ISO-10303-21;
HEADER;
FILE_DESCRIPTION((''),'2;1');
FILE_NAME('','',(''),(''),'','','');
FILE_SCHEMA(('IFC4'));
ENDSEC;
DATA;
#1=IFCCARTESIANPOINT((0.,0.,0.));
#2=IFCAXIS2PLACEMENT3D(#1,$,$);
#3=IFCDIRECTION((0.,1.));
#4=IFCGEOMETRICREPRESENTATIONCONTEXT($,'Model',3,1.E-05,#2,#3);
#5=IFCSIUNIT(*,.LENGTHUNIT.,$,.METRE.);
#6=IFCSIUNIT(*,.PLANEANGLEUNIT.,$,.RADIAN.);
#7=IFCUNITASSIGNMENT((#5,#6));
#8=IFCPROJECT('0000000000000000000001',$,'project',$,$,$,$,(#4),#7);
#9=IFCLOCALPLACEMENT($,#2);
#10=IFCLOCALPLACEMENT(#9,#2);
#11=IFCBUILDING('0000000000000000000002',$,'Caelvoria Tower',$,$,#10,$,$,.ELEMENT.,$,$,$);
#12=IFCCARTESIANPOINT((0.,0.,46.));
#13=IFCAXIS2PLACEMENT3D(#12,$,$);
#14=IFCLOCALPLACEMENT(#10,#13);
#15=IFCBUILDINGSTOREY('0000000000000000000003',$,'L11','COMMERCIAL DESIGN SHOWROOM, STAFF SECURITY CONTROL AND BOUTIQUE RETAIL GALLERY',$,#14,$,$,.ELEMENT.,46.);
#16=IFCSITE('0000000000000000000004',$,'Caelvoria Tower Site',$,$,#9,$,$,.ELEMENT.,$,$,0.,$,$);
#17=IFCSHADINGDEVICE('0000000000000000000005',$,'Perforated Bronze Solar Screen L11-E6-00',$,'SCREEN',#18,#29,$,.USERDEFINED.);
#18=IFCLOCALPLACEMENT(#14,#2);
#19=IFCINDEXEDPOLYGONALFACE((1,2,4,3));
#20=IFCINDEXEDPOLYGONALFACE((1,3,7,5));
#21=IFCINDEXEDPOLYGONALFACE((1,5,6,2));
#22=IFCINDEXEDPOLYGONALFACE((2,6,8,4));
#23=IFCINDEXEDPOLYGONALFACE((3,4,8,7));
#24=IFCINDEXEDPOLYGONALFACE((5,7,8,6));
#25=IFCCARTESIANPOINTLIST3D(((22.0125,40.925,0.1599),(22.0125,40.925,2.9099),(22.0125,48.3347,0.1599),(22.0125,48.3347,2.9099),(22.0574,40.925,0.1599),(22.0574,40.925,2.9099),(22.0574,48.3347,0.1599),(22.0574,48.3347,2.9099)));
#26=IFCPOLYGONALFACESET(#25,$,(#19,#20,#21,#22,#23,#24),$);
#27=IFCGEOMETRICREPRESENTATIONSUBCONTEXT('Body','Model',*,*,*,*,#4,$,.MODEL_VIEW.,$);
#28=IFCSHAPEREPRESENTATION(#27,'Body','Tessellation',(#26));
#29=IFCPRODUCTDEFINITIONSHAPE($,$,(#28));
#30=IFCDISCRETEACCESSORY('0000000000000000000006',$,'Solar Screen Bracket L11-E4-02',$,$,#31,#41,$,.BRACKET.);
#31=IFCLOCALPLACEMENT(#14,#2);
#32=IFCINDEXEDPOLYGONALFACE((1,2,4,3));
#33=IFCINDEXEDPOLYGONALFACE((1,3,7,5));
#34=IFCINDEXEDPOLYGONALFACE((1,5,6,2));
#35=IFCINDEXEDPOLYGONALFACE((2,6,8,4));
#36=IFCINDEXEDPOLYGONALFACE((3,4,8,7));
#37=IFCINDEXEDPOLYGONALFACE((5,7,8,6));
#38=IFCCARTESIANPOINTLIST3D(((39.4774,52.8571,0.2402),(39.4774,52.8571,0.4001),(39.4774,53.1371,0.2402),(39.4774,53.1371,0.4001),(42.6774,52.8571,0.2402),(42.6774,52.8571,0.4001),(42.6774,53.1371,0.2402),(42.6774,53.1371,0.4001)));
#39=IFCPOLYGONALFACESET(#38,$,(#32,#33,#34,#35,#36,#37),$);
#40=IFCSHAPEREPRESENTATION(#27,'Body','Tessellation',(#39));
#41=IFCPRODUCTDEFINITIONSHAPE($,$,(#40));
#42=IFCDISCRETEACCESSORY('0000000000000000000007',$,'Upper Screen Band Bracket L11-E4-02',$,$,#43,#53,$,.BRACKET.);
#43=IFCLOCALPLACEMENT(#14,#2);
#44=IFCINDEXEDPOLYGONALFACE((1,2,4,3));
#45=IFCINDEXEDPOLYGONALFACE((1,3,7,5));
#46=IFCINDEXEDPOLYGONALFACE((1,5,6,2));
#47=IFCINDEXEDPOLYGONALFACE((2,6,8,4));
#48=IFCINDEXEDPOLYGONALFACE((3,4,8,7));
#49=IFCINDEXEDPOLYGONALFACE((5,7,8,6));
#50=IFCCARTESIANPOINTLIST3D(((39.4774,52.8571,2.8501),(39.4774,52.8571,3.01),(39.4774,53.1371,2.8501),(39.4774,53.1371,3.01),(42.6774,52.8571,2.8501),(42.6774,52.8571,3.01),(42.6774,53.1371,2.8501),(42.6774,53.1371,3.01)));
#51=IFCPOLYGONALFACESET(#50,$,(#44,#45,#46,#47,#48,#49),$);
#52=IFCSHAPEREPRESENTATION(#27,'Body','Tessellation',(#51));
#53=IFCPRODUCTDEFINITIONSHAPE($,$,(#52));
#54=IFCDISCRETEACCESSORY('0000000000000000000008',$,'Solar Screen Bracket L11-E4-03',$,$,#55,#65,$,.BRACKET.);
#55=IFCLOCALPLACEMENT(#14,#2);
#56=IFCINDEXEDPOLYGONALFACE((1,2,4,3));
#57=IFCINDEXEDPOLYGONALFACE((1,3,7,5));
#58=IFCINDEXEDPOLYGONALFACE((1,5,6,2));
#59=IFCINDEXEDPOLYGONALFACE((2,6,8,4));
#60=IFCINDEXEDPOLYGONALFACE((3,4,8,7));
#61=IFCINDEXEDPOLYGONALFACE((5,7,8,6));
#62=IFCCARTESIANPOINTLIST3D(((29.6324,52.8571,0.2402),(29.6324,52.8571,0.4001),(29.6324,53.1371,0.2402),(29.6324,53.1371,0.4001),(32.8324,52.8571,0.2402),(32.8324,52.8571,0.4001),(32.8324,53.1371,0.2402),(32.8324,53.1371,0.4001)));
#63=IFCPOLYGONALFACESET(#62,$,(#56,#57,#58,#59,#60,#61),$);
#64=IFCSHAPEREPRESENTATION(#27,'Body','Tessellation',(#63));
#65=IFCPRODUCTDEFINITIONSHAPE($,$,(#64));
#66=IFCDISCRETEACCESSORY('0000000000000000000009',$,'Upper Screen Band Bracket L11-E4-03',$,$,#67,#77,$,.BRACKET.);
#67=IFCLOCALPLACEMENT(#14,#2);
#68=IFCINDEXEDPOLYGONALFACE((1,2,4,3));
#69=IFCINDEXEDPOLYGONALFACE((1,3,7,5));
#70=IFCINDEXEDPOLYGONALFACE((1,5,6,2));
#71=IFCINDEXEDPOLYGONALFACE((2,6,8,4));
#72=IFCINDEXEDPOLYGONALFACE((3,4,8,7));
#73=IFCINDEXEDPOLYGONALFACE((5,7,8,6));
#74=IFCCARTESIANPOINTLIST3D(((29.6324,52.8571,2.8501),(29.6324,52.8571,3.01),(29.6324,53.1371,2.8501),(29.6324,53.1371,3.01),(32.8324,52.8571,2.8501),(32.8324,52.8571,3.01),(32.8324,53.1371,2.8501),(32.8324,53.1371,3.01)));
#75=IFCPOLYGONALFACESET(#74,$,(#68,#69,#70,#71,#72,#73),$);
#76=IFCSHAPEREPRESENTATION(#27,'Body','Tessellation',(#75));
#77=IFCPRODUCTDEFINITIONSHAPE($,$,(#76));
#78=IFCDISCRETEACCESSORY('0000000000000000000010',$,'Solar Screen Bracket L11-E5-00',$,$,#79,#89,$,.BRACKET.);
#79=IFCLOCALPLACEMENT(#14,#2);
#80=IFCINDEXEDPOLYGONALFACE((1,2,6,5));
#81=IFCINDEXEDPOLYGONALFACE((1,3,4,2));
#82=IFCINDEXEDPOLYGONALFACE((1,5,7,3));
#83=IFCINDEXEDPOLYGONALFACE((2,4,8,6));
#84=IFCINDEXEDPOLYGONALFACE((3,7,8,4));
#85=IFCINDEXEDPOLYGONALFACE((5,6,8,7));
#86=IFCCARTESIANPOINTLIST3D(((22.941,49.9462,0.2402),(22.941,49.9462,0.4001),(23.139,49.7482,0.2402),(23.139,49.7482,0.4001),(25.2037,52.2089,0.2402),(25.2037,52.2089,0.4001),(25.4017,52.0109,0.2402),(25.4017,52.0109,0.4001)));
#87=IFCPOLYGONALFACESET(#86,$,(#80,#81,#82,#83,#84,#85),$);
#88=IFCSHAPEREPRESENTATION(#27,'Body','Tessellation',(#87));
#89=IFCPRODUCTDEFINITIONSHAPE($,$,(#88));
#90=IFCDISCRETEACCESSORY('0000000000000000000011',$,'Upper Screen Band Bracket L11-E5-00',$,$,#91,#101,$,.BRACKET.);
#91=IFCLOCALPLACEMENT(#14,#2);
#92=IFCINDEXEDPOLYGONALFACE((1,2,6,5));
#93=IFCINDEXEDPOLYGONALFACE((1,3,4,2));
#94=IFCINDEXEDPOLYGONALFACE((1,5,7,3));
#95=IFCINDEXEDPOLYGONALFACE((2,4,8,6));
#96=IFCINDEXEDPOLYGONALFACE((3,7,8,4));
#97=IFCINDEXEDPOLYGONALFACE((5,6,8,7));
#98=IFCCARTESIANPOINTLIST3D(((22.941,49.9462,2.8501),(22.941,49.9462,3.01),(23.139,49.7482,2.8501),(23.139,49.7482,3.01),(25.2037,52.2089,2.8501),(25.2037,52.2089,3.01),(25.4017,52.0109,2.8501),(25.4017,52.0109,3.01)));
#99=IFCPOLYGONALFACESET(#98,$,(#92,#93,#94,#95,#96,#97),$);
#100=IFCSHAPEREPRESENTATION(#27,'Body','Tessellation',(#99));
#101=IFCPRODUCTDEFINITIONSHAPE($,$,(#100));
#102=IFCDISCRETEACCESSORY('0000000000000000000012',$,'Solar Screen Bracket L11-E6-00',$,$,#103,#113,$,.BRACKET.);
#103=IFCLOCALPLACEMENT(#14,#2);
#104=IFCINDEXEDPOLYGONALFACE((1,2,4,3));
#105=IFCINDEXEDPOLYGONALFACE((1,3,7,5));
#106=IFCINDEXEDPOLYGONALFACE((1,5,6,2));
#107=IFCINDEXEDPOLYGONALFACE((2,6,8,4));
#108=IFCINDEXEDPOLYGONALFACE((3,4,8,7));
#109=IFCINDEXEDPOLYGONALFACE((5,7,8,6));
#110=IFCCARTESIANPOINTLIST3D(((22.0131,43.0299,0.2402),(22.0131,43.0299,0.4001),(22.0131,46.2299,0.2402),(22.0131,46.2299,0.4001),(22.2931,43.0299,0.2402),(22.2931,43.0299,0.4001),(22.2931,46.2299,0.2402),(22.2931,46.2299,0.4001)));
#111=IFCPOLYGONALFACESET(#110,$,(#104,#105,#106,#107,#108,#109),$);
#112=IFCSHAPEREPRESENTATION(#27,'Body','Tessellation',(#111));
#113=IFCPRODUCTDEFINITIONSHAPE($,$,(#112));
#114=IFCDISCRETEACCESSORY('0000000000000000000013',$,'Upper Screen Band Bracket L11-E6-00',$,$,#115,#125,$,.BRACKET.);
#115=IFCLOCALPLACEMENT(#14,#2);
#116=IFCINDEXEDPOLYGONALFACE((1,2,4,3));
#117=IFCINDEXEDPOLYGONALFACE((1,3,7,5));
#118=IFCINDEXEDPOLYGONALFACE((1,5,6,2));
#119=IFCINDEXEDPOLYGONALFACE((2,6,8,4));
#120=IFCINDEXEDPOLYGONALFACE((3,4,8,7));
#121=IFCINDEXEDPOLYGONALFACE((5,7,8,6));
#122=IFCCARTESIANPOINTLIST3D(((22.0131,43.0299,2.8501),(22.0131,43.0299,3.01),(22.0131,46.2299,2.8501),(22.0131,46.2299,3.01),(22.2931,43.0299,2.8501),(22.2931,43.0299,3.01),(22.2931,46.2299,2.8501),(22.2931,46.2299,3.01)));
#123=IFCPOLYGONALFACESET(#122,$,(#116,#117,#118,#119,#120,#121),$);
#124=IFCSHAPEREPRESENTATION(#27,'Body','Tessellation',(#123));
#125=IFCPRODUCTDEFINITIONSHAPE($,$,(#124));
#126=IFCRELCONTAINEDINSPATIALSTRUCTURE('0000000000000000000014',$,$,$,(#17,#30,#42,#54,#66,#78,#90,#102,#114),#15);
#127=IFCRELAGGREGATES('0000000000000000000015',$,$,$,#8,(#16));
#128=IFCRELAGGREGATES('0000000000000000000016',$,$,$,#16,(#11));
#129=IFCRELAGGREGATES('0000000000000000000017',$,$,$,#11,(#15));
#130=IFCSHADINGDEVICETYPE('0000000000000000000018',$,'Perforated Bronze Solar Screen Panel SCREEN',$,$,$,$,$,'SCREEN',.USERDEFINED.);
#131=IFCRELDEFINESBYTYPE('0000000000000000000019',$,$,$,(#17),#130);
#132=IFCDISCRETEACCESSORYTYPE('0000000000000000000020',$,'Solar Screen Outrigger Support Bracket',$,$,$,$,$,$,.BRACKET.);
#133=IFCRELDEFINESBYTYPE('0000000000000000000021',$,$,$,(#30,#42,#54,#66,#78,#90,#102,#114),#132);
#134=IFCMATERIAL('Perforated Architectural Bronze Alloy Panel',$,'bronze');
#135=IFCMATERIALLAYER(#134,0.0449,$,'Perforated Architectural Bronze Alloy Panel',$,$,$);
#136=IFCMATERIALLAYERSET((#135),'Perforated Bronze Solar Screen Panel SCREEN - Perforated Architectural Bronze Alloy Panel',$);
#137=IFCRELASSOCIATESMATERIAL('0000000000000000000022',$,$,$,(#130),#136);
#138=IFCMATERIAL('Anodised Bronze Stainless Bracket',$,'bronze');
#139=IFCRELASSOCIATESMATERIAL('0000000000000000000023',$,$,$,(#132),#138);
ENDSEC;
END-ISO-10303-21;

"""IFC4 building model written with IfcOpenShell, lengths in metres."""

from ifc_helpers import new_model, si_unit, direction, frame, origin, origin_2d, place, context, subcontext, project, spatial, rectangle, extrude, material, layer, layer_set, type_object, element, save


model = new_model("IFC4")

# Units and contexts
model_context = context("Model", 3, precision=1e-05, world=origin(), true_north=direction((0.0, 1.0)))
body_context = subcontext(model_context, "Body", "Model", "MODEL_VIEW")
ifc_project = project(units=[si_unit("LENGTHUNIT", "METRE"), si_unit("PLANEANGLEUNIT", "RADIAN")], contexts=[model_context])

# Site, building, storey
site_placement = place(None, origin())
site = spatial("IfcSite", under=ifc_project, at=site_placement, Name="Caelvoria Tower Site", CompositionType="ELEMENT", RefElevation=0.0)
building_placement = place(site_placement, origin())
building = spatial("IfcBuilding", under=site, at=building_placement, Name="Caelvoria Tower", CompositionType="ELEMENT")
storey_placement = place(building_placement, frame((0.0, 0.0, 46.0)))
storey = spatial("IfcBuildingStorey", under=building, at=storey_placement, Name="L11", Description="COMMERCIAL DESIGN SHOWROOM, STAFF SECURITY CONTROL AND BOUTIQUE RETAIL GALLERY", CompositionType="ELEMENT", Elevation=46.0)

# Shading device
ifc_material_1 = material(Name="Perforated Architectural Bronze Alloy Panel", Category="bronze")
ifc_layer_1 = layer(ifc_material_1, 0.0449, Name="Perforated Architectural Bronze Alloy Panel")
ifc_layer_set_1 = layer_set([ifc_layer_1], Name="Perforated Bronze Solar Screen Panel SCREEN - Perforated Architectural Bronze Alloy Panel")
shading_device_type = type_object("IfcShadingDeviceType", Name="Perforated Bronze Solar Screen Panel SCREEN", ElementType="SCREEN", PredefinedType="USERDEFINED", material=ifc_layer_set_1)
shading_device_1_placement = place(storey_placement, frame((22.0349, 44.6299, 0.1599), z_axis=(0.0, 0.0, 1.0), x_axis=(0.0, -1.0, 0.0)))
element("IfcShadingDevice", 1, at=shading_device_1_placement, inside=storey, type_object=shading_device_type, Name="Perforated Bronze Solar Screen L11-E6-00", ObjectType="SCREEN", PredefinedType="USERDEFINED", context=body_context, shape_type="SweptSolid", body=[
    extrude(rectangle(XDim=7.4097, YDim=0.0449, at=origin_2d()), origin(), (0.0, 0.0, 1.0), 2.75),
])

# Discrete accessories
ifc_material_2 = material(Name="Anodised Bronze Stainless Bracket", Category="bronze")
discrete_accessory_type = type_object("IfcDiscreteAccessoryType", Name="Solar Screen Outrigger Support Bracket", PredefinedType="BRACKET", material=ifc_material_2)
for number, where, z_axis, x_axis, name in (
    (2, (41.0774, 52.9971, 0.2402), (0.0, 0.0, 1.0), (-1.0, 0.0, 0.0), "Solar Screen Bracket L11-E4-02"),
    (3, (41.0774, 52.9971, 2.8501), (0.0, 0.0, 1.0), (-1.0, 0.0, 0.0), "Upper Screen Band Bracket L11-E4-02"),
    (4, (31.2324, 52.9971, 0.2402), (0.0, 0.0, 1.0), (-1.0, 0.0, 0.0), "Solar Screen Bracket L11-E4-03"),
    (5, (31.2324, 52.9971, 2.8501), (0.0, 0.0, 1.0), (-1.0, 0.0, 0.0), "Upper Screen Band Bracket L11-E4-03"),
    (6, (24.1714, 50.9785, 0.2402), (0.0, 0.0, 1.0), (-0.707107, -0.707107, 0.0), "Solar Screen Bracket L11-E5-00"),
    (7, (24.1714, 50.9785, 2.8501), (0.0, 0.0, 1.0), (-0.707107, -0.707107, 0.0), "Upper Screen Band Bracket L11-E5-00"),
    (8, (22.1531, 44.6299, 0.2402), (0.0, 0.0, 1.0), (0.0, -1.0, 0.0), "Solar Screen Bracket L11-E6-00"),
    (9, (22.1531, 44.6299, 2.8501), (0.0, 0.0, 1.0), (0.0, -1.0, 0.0), "Upper Screen Band Bracket L11-E6-00"),
):
    element("IfcDiscreteAccessory", number, at=place(storey_placement, frame(where, z_axis=z_axis, x_axis=x_axis)), inside=storey, type_object=discrete_accessory_type, Name=name, PredefinedType="BRACKET", context=body_context, shape_type="SweptSolid", body=[
        extrude(rectangle(XDim=3.2, YDim=0.28, at=origin_2d()), origin(), (0.0, 0.0, 1.0), 0.1599),
    ])

save(model, "model.ifc")
